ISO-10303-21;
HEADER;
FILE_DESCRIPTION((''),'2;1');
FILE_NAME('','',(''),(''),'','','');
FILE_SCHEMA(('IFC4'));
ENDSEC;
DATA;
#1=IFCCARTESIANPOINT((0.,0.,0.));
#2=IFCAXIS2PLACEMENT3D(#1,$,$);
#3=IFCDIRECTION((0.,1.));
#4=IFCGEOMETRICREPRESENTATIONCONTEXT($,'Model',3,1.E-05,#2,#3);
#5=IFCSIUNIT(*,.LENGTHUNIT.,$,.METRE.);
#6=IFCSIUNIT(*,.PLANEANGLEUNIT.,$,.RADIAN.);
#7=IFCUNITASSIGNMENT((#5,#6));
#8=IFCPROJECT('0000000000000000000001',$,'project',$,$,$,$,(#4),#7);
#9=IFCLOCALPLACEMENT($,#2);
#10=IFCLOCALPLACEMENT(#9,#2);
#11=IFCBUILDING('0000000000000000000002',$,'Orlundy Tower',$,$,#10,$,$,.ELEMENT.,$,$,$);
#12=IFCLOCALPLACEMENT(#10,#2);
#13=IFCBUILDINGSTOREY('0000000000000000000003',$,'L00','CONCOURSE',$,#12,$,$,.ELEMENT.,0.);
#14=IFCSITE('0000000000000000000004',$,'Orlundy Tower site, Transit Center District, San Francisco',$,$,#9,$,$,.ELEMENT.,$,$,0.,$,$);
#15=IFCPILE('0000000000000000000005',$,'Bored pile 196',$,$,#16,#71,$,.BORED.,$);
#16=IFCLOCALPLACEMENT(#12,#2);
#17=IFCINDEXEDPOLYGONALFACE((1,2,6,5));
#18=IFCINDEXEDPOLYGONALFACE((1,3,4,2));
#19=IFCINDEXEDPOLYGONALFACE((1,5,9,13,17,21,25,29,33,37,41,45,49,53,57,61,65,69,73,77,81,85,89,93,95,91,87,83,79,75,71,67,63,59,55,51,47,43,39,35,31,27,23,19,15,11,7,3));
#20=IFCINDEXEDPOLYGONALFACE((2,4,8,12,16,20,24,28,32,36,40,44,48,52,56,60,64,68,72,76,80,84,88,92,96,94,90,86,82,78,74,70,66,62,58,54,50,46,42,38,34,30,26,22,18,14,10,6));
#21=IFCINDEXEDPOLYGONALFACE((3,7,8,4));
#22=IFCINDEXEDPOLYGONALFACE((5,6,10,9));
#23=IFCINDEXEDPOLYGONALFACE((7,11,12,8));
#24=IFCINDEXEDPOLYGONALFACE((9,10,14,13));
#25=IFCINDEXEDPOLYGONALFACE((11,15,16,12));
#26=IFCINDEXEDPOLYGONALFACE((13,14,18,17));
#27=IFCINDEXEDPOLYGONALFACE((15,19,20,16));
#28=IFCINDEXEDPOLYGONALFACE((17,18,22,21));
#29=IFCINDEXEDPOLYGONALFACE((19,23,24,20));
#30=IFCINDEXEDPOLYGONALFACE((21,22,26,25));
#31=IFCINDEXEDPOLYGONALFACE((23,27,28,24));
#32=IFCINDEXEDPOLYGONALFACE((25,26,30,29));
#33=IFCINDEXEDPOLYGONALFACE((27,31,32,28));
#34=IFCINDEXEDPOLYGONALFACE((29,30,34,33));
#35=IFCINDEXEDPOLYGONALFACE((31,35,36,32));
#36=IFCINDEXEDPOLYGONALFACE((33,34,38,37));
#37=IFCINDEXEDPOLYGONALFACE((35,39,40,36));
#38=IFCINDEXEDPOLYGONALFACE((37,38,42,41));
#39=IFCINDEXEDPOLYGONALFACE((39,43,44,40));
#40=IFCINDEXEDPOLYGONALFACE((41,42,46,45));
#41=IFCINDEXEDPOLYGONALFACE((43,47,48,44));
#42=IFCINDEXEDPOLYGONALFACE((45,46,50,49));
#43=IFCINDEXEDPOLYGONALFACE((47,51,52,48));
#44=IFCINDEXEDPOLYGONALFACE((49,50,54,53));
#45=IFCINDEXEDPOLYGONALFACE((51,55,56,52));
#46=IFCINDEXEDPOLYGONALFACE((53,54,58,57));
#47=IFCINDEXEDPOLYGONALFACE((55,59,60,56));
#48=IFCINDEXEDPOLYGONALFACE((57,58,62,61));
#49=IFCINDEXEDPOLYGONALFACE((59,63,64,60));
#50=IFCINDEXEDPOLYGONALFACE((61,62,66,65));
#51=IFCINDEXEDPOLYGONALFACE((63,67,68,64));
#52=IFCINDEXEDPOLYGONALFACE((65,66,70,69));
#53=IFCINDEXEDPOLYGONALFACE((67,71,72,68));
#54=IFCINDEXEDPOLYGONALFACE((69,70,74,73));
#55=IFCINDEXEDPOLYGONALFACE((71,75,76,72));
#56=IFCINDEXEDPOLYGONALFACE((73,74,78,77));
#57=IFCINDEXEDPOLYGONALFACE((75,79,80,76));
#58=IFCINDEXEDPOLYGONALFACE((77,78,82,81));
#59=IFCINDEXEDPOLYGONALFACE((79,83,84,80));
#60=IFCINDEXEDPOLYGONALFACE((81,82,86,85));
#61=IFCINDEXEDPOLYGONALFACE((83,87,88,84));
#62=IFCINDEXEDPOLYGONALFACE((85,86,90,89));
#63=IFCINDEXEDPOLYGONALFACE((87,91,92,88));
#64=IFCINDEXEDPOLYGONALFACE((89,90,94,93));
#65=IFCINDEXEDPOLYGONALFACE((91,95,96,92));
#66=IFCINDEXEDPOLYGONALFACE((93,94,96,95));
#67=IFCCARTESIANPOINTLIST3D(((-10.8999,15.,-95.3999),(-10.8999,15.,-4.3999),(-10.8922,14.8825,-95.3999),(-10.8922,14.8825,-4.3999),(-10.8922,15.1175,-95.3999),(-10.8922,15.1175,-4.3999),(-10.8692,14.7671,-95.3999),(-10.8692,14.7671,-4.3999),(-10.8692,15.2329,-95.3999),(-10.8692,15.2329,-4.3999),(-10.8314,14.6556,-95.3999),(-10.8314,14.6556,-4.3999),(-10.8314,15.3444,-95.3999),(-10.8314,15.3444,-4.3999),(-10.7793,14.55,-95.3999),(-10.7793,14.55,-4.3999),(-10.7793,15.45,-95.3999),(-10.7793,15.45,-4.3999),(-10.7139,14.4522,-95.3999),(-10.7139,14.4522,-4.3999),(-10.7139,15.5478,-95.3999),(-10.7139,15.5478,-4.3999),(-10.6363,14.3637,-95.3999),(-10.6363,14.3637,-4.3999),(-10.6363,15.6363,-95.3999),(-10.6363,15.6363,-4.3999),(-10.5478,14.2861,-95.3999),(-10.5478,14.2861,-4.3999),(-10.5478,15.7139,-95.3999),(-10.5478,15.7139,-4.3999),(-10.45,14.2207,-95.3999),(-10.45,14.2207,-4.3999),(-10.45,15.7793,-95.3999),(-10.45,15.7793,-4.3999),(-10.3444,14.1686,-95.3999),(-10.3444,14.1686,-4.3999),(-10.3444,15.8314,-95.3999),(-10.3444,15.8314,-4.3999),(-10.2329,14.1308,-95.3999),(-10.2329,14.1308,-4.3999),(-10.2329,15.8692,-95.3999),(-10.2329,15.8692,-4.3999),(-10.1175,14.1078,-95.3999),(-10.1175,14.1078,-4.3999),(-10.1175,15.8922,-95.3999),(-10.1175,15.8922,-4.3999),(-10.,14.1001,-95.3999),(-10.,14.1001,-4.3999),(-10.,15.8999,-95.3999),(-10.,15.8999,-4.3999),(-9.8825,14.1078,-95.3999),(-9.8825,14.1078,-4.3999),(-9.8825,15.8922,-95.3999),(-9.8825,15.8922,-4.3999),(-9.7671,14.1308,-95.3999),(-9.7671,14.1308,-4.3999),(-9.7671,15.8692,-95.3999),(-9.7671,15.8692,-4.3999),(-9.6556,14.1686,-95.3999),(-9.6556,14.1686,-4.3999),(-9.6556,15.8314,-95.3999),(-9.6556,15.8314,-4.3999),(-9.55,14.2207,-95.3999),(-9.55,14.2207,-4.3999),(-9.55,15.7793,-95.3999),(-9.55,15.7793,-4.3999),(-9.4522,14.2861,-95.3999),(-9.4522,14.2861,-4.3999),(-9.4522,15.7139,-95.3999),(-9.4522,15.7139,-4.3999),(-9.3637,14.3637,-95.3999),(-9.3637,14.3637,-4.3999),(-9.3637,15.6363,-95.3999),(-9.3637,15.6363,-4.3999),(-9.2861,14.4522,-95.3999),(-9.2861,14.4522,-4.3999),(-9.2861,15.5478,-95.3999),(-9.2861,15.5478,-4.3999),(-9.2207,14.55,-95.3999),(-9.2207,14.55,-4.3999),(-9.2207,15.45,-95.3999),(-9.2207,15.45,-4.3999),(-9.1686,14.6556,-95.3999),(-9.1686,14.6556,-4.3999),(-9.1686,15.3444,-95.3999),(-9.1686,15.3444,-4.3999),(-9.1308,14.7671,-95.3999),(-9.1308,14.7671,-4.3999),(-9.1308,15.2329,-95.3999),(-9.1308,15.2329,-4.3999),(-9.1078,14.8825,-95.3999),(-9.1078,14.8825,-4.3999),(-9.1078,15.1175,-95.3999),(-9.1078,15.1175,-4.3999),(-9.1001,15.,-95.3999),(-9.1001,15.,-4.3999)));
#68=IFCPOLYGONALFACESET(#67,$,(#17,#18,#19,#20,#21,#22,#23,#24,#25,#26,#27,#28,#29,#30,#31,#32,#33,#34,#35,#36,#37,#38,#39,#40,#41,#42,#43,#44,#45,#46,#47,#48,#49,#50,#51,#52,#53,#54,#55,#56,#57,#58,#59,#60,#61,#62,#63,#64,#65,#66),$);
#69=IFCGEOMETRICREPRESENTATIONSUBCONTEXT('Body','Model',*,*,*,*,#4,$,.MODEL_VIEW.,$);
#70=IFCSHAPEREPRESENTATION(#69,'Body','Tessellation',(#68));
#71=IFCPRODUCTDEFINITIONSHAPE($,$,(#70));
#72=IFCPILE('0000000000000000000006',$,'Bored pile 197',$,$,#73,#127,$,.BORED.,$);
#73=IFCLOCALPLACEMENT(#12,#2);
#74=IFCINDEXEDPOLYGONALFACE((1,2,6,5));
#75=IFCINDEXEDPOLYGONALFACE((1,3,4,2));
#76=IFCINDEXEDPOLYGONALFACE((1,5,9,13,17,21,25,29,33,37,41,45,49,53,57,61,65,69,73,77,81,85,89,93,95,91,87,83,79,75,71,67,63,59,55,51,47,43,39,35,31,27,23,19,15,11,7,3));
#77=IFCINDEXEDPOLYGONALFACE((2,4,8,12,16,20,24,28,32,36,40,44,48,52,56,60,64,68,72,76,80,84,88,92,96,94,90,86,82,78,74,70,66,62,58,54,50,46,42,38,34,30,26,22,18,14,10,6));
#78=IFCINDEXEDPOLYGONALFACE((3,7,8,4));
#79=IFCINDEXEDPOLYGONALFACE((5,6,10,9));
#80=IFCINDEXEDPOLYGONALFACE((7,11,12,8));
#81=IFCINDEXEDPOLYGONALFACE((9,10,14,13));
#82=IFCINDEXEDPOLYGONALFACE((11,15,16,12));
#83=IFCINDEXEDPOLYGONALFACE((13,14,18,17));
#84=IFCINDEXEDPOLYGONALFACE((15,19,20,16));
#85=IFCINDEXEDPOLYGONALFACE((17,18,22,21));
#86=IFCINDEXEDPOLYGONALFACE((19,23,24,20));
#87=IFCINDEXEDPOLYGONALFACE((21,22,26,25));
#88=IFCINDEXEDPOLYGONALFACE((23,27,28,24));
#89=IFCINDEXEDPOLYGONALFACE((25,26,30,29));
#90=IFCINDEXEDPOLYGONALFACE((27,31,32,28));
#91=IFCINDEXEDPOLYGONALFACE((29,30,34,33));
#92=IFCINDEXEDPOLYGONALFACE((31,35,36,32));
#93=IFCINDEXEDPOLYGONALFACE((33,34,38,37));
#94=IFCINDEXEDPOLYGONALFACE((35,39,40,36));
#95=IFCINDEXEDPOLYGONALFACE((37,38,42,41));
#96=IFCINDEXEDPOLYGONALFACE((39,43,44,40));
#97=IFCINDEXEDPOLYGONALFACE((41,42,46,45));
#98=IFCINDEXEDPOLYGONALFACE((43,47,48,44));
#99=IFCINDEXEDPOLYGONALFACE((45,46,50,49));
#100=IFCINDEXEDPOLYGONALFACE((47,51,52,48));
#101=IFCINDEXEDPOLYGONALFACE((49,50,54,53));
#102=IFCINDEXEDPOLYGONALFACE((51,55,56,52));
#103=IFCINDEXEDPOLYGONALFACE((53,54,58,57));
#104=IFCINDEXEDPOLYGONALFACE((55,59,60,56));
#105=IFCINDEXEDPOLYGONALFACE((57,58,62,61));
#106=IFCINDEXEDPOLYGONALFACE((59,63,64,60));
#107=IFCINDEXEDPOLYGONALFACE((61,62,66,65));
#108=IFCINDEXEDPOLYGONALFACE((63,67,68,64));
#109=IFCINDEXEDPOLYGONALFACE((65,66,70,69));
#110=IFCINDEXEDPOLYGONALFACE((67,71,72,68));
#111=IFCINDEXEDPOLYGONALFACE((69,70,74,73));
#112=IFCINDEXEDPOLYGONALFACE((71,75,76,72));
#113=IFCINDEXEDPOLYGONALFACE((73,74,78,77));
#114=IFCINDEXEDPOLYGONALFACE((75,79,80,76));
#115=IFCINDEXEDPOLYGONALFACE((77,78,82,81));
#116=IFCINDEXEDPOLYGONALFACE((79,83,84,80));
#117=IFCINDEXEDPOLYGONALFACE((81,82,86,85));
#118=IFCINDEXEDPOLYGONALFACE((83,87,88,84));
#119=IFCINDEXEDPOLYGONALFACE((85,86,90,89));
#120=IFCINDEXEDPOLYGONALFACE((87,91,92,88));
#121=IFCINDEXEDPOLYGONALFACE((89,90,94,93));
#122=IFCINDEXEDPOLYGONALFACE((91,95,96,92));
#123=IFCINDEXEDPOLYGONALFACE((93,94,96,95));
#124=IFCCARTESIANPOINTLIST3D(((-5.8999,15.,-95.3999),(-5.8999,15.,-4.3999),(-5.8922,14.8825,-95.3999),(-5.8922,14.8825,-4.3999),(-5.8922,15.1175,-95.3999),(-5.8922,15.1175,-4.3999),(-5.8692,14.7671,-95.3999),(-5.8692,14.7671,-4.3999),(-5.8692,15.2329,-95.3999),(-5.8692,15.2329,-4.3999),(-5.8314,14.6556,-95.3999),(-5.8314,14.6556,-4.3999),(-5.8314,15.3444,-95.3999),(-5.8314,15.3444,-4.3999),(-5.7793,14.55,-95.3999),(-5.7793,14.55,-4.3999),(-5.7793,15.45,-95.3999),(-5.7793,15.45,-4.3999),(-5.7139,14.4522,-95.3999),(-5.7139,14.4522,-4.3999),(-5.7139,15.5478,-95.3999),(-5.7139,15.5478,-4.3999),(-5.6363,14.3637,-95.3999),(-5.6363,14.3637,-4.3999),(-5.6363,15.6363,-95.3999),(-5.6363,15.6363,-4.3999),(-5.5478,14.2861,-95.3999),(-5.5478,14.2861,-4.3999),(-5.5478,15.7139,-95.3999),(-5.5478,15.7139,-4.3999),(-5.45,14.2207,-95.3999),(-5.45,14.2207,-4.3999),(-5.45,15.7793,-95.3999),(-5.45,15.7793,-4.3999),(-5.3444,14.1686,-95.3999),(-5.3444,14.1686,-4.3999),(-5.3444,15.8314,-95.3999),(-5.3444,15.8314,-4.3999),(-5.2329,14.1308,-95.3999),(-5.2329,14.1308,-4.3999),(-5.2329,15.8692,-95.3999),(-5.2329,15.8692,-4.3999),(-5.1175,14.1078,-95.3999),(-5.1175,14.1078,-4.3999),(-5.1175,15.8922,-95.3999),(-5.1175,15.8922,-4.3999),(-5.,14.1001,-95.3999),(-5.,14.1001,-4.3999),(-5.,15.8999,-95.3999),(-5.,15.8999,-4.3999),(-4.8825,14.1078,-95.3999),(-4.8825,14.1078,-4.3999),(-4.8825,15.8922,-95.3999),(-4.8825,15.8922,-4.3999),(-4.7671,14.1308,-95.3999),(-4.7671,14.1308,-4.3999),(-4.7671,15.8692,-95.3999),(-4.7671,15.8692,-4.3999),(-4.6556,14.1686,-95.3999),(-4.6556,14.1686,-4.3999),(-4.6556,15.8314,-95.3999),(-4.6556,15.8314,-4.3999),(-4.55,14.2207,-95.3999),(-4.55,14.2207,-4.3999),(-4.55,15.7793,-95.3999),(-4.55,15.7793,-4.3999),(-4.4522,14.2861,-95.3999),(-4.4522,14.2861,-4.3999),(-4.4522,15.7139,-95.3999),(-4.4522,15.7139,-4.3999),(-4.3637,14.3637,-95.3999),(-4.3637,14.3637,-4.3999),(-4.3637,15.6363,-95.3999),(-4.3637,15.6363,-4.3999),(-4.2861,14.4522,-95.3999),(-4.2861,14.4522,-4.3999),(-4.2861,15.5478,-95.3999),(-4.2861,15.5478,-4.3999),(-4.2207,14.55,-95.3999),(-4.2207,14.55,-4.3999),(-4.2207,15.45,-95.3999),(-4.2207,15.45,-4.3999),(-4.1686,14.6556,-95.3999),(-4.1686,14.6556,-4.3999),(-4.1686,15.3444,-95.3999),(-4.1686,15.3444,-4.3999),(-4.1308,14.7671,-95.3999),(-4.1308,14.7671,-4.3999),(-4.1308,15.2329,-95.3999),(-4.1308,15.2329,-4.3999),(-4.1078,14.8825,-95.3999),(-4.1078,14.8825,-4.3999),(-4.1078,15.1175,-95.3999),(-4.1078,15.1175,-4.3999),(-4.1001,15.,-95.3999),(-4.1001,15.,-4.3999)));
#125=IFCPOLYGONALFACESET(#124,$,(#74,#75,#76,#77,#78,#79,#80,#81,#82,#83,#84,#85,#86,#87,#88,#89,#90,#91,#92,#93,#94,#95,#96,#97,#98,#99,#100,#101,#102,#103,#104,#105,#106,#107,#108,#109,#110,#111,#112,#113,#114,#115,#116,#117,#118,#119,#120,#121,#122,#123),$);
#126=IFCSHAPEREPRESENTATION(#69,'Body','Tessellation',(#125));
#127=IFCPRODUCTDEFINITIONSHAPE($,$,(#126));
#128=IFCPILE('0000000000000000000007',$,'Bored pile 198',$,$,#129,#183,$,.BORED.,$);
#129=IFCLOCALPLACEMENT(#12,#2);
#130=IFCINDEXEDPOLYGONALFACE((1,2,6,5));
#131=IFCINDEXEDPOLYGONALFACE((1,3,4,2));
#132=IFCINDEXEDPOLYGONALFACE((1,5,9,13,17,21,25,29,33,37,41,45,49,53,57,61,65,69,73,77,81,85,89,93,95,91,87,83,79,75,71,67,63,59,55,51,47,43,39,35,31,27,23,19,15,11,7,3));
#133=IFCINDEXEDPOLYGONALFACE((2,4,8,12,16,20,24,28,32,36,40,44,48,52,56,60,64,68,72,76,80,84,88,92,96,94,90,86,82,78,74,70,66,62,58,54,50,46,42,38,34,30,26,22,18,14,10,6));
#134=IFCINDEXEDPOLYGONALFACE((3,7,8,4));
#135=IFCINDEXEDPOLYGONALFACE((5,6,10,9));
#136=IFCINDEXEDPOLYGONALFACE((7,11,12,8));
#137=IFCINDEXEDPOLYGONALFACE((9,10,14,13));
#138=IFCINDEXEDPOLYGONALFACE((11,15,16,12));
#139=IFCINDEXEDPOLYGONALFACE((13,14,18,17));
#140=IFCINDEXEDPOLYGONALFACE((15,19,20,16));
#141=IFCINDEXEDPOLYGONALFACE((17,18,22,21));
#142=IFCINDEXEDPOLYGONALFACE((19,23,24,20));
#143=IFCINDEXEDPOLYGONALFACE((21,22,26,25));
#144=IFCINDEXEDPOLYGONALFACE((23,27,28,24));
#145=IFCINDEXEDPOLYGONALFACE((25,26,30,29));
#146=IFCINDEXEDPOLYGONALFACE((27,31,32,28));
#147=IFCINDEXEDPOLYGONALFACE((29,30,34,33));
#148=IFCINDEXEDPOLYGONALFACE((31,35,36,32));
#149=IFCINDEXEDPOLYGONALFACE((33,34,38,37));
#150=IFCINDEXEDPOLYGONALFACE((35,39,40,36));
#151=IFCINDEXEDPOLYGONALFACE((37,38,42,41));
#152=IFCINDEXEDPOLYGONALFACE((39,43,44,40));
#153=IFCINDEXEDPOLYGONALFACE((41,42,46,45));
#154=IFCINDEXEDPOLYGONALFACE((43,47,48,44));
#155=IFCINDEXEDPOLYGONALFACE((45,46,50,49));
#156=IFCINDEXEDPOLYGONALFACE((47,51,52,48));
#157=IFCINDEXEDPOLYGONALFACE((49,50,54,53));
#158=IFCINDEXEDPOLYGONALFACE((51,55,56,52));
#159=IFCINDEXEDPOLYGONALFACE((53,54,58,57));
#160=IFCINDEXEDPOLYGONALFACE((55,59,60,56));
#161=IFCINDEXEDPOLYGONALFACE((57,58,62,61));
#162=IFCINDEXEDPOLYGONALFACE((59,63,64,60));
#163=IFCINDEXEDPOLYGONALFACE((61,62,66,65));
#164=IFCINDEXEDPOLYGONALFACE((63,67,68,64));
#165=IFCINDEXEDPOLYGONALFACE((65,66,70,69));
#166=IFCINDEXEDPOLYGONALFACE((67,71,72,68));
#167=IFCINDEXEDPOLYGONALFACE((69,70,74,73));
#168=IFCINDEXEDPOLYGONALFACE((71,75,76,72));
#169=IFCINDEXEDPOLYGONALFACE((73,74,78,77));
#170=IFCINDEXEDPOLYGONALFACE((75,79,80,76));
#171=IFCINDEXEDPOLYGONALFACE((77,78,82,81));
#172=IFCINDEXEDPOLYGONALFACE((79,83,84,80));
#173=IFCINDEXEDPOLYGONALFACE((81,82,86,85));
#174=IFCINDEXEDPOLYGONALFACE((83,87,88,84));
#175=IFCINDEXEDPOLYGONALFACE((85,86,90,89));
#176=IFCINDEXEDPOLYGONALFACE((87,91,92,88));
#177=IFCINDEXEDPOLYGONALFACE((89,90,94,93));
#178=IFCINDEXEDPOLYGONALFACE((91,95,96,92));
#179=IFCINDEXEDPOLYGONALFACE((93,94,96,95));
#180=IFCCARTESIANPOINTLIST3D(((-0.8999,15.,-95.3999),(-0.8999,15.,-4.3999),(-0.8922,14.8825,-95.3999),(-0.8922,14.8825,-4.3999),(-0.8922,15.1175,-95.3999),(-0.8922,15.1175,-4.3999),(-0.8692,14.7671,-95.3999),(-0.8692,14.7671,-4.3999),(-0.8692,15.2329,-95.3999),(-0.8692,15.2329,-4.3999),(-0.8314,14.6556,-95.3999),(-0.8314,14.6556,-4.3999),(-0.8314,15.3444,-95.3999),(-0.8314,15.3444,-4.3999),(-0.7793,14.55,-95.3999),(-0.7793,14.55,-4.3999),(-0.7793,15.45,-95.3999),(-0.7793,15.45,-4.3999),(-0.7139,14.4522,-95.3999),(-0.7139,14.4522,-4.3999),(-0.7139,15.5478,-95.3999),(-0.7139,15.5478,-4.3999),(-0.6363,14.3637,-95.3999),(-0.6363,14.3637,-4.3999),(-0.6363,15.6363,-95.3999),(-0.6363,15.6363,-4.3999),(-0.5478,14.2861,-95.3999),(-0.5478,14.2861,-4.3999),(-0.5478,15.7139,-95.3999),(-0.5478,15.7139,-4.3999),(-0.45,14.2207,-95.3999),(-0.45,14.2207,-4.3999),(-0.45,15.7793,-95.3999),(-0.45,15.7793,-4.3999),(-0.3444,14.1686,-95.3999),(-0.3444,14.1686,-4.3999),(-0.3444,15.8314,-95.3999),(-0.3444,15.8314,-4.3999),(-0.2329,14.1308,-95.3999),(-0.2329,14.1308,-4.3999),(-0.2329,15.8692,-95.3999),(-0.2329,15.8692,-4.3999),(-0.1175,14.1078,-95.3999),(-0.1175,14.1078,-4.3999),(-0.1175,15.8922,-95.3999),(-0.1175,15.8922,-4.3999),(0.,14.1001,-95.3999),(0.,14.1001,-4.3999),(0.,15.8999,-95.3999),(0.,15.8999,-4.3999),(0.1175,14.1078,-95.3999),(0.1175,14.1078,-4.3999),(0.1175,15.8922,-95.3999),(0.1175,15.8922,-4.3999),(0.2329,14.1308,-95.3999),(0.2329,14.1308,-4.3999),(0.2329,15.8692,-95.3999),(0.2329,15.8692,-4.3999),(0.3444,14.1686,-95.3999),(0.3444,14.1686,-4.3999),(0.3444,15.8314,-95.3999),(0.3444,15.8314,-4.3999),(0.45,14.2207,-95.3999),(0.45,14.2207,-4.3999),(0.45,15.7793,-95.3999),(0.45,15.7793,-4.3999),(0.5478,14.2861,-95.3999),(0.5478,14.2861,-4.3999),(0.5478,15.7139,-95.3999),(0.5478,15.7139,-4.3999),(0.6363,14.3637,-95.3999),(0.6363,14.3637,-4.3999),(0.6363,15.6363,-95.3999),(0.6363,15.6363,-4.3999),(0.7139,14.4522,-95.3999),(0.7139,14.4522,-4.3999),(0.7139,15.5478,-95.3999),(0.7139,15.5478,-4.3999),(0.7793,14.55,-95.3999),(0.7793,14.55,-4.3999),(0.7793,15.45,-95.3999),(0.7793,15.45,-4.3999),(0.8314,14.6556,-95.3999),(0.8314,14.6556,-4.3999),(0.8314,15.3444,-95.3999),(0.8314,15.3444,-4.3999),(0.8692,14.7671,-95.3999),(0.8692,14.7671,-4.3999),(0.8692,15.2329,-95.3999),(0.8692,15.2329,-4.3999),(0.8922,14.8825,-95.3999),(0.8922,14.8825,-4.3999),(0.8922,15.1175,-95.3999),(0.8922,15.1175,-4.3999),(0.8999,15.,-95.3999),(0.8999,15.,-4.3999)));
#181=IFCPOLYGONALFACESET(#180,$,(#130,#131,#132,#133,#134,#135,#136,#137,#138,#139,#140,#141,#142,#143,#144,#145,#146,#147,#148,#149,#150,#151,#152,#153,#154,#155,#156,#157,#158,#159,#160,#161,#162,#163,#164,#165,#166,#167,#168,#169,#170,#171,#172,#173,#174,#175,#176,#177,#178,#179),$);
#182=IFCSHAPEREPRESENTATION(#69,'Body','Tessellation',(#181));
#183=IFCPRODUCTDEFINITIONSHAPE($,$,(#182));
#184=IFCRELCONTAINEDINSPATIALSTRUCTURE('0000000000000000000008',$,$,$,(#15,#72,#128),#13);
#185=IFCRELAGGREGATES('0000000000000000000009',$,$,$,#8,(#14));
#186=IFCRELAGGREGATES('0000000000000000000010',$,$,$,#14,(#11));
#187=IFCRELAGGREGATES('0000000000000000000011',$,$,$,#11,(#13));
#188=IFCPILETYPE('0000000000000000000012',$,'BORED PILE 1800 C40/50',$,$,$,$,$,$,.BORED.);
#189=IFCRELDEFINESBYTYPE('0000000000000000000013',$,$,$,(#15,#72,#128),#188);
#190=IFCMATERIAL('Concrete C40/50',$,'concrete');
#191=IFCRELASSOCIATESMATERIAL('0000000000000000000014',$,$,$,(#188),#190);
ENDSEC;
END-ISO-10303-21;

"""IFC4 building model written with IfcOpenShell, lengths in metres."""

from ifc_helpers import new_model, si_unit, direction, frame, origin, origin_2d, place, context, subcontext, project, spatial, circle, extrude, material, material_profile, profile_set, type_object, element, save


model = new_model("IFC4")

# Units and contexts
model_context = context("Model", 3, precision=1e-05, world=origin(), true_north=direction((0.0, 1.0)))
body_context = subcontext(model_context, "Body", "Model", "MODEL_VIEW")
ifc_project = project(units=[si_unit("LENGTHUNIT", "METRE"), si_unit("PLANEANGLEUNIT", "RADIAN")], contexts=[model_context])

# Site, building, storey
site_placement = place(None, origin())
site = spatial("IfcSite", under=ifc_project, at=site_placement, Name="Orlundy Tower site, Transit Center District, San Francisco", CompositionType="ELEMENT", RefElevation=0.0)
building_placement = place(site_placement, origin())
building = spatial("IfcBuilding", under=site, at=building_placement, Name="Orlundy Tower", CompositionType="ELEMENT")
storey_placement = place(building_placement, origin())
storey = spatial("IfcBuildingStorey", under=building, at=storey_placement, Name="L00", Description="CONCOURSE", CompositionType="ELEMENT", Elevation=0.0)

# Piles
ifc_material_1 = material(Name="Concrete C40/50", Category="concrete")
ifc_material_profile = material_profile(ifc_material_1, circle(Radius=0.8999, at=origin_2d()), Name="BP1800")
ifc_profile_set = profile_set([ifc_material_profile], Name="Concrete C40/50")
pile_type = type_object("IfcPileType", Name="BORED PILE 1800 C40/50", PredefinedType="BORED", material=ifc_profile_set)
for number, where, z_axis, x_axis, name in (
    (1, (-10.0, 15.0, -4.3999), (0.0, 0.0, -1.0), (1.0, 0.0, 0.0), "Bored pile 196"),
    (2, (-5.0, 15.0, -4.3999), (0.0, 0.0, -1.0), (1.0, 0.0, 0.0), "Bored pile 197"),
    (3, (0.0, 15.0, -4.3999), (0.0, 0.0, -1.0), (1.0, 0.0, 0.0), "Bored pile 198"),
):
    element("IfcPile", number, at=place(storey_placement, frame(where, z_axis=z_axis, x_axis=x_axis)), inside=storey, type_object=pile_type, Name=name, PredefinedType="BORED", context=body_context, shape_type="SweptSolid", body=[
        extrude(circle(Radius=0.8999, at=origin_2d()), origin(), (0.0, 0.0, 1.0), 91.0),
    ])

save(model, "model.ifc")
